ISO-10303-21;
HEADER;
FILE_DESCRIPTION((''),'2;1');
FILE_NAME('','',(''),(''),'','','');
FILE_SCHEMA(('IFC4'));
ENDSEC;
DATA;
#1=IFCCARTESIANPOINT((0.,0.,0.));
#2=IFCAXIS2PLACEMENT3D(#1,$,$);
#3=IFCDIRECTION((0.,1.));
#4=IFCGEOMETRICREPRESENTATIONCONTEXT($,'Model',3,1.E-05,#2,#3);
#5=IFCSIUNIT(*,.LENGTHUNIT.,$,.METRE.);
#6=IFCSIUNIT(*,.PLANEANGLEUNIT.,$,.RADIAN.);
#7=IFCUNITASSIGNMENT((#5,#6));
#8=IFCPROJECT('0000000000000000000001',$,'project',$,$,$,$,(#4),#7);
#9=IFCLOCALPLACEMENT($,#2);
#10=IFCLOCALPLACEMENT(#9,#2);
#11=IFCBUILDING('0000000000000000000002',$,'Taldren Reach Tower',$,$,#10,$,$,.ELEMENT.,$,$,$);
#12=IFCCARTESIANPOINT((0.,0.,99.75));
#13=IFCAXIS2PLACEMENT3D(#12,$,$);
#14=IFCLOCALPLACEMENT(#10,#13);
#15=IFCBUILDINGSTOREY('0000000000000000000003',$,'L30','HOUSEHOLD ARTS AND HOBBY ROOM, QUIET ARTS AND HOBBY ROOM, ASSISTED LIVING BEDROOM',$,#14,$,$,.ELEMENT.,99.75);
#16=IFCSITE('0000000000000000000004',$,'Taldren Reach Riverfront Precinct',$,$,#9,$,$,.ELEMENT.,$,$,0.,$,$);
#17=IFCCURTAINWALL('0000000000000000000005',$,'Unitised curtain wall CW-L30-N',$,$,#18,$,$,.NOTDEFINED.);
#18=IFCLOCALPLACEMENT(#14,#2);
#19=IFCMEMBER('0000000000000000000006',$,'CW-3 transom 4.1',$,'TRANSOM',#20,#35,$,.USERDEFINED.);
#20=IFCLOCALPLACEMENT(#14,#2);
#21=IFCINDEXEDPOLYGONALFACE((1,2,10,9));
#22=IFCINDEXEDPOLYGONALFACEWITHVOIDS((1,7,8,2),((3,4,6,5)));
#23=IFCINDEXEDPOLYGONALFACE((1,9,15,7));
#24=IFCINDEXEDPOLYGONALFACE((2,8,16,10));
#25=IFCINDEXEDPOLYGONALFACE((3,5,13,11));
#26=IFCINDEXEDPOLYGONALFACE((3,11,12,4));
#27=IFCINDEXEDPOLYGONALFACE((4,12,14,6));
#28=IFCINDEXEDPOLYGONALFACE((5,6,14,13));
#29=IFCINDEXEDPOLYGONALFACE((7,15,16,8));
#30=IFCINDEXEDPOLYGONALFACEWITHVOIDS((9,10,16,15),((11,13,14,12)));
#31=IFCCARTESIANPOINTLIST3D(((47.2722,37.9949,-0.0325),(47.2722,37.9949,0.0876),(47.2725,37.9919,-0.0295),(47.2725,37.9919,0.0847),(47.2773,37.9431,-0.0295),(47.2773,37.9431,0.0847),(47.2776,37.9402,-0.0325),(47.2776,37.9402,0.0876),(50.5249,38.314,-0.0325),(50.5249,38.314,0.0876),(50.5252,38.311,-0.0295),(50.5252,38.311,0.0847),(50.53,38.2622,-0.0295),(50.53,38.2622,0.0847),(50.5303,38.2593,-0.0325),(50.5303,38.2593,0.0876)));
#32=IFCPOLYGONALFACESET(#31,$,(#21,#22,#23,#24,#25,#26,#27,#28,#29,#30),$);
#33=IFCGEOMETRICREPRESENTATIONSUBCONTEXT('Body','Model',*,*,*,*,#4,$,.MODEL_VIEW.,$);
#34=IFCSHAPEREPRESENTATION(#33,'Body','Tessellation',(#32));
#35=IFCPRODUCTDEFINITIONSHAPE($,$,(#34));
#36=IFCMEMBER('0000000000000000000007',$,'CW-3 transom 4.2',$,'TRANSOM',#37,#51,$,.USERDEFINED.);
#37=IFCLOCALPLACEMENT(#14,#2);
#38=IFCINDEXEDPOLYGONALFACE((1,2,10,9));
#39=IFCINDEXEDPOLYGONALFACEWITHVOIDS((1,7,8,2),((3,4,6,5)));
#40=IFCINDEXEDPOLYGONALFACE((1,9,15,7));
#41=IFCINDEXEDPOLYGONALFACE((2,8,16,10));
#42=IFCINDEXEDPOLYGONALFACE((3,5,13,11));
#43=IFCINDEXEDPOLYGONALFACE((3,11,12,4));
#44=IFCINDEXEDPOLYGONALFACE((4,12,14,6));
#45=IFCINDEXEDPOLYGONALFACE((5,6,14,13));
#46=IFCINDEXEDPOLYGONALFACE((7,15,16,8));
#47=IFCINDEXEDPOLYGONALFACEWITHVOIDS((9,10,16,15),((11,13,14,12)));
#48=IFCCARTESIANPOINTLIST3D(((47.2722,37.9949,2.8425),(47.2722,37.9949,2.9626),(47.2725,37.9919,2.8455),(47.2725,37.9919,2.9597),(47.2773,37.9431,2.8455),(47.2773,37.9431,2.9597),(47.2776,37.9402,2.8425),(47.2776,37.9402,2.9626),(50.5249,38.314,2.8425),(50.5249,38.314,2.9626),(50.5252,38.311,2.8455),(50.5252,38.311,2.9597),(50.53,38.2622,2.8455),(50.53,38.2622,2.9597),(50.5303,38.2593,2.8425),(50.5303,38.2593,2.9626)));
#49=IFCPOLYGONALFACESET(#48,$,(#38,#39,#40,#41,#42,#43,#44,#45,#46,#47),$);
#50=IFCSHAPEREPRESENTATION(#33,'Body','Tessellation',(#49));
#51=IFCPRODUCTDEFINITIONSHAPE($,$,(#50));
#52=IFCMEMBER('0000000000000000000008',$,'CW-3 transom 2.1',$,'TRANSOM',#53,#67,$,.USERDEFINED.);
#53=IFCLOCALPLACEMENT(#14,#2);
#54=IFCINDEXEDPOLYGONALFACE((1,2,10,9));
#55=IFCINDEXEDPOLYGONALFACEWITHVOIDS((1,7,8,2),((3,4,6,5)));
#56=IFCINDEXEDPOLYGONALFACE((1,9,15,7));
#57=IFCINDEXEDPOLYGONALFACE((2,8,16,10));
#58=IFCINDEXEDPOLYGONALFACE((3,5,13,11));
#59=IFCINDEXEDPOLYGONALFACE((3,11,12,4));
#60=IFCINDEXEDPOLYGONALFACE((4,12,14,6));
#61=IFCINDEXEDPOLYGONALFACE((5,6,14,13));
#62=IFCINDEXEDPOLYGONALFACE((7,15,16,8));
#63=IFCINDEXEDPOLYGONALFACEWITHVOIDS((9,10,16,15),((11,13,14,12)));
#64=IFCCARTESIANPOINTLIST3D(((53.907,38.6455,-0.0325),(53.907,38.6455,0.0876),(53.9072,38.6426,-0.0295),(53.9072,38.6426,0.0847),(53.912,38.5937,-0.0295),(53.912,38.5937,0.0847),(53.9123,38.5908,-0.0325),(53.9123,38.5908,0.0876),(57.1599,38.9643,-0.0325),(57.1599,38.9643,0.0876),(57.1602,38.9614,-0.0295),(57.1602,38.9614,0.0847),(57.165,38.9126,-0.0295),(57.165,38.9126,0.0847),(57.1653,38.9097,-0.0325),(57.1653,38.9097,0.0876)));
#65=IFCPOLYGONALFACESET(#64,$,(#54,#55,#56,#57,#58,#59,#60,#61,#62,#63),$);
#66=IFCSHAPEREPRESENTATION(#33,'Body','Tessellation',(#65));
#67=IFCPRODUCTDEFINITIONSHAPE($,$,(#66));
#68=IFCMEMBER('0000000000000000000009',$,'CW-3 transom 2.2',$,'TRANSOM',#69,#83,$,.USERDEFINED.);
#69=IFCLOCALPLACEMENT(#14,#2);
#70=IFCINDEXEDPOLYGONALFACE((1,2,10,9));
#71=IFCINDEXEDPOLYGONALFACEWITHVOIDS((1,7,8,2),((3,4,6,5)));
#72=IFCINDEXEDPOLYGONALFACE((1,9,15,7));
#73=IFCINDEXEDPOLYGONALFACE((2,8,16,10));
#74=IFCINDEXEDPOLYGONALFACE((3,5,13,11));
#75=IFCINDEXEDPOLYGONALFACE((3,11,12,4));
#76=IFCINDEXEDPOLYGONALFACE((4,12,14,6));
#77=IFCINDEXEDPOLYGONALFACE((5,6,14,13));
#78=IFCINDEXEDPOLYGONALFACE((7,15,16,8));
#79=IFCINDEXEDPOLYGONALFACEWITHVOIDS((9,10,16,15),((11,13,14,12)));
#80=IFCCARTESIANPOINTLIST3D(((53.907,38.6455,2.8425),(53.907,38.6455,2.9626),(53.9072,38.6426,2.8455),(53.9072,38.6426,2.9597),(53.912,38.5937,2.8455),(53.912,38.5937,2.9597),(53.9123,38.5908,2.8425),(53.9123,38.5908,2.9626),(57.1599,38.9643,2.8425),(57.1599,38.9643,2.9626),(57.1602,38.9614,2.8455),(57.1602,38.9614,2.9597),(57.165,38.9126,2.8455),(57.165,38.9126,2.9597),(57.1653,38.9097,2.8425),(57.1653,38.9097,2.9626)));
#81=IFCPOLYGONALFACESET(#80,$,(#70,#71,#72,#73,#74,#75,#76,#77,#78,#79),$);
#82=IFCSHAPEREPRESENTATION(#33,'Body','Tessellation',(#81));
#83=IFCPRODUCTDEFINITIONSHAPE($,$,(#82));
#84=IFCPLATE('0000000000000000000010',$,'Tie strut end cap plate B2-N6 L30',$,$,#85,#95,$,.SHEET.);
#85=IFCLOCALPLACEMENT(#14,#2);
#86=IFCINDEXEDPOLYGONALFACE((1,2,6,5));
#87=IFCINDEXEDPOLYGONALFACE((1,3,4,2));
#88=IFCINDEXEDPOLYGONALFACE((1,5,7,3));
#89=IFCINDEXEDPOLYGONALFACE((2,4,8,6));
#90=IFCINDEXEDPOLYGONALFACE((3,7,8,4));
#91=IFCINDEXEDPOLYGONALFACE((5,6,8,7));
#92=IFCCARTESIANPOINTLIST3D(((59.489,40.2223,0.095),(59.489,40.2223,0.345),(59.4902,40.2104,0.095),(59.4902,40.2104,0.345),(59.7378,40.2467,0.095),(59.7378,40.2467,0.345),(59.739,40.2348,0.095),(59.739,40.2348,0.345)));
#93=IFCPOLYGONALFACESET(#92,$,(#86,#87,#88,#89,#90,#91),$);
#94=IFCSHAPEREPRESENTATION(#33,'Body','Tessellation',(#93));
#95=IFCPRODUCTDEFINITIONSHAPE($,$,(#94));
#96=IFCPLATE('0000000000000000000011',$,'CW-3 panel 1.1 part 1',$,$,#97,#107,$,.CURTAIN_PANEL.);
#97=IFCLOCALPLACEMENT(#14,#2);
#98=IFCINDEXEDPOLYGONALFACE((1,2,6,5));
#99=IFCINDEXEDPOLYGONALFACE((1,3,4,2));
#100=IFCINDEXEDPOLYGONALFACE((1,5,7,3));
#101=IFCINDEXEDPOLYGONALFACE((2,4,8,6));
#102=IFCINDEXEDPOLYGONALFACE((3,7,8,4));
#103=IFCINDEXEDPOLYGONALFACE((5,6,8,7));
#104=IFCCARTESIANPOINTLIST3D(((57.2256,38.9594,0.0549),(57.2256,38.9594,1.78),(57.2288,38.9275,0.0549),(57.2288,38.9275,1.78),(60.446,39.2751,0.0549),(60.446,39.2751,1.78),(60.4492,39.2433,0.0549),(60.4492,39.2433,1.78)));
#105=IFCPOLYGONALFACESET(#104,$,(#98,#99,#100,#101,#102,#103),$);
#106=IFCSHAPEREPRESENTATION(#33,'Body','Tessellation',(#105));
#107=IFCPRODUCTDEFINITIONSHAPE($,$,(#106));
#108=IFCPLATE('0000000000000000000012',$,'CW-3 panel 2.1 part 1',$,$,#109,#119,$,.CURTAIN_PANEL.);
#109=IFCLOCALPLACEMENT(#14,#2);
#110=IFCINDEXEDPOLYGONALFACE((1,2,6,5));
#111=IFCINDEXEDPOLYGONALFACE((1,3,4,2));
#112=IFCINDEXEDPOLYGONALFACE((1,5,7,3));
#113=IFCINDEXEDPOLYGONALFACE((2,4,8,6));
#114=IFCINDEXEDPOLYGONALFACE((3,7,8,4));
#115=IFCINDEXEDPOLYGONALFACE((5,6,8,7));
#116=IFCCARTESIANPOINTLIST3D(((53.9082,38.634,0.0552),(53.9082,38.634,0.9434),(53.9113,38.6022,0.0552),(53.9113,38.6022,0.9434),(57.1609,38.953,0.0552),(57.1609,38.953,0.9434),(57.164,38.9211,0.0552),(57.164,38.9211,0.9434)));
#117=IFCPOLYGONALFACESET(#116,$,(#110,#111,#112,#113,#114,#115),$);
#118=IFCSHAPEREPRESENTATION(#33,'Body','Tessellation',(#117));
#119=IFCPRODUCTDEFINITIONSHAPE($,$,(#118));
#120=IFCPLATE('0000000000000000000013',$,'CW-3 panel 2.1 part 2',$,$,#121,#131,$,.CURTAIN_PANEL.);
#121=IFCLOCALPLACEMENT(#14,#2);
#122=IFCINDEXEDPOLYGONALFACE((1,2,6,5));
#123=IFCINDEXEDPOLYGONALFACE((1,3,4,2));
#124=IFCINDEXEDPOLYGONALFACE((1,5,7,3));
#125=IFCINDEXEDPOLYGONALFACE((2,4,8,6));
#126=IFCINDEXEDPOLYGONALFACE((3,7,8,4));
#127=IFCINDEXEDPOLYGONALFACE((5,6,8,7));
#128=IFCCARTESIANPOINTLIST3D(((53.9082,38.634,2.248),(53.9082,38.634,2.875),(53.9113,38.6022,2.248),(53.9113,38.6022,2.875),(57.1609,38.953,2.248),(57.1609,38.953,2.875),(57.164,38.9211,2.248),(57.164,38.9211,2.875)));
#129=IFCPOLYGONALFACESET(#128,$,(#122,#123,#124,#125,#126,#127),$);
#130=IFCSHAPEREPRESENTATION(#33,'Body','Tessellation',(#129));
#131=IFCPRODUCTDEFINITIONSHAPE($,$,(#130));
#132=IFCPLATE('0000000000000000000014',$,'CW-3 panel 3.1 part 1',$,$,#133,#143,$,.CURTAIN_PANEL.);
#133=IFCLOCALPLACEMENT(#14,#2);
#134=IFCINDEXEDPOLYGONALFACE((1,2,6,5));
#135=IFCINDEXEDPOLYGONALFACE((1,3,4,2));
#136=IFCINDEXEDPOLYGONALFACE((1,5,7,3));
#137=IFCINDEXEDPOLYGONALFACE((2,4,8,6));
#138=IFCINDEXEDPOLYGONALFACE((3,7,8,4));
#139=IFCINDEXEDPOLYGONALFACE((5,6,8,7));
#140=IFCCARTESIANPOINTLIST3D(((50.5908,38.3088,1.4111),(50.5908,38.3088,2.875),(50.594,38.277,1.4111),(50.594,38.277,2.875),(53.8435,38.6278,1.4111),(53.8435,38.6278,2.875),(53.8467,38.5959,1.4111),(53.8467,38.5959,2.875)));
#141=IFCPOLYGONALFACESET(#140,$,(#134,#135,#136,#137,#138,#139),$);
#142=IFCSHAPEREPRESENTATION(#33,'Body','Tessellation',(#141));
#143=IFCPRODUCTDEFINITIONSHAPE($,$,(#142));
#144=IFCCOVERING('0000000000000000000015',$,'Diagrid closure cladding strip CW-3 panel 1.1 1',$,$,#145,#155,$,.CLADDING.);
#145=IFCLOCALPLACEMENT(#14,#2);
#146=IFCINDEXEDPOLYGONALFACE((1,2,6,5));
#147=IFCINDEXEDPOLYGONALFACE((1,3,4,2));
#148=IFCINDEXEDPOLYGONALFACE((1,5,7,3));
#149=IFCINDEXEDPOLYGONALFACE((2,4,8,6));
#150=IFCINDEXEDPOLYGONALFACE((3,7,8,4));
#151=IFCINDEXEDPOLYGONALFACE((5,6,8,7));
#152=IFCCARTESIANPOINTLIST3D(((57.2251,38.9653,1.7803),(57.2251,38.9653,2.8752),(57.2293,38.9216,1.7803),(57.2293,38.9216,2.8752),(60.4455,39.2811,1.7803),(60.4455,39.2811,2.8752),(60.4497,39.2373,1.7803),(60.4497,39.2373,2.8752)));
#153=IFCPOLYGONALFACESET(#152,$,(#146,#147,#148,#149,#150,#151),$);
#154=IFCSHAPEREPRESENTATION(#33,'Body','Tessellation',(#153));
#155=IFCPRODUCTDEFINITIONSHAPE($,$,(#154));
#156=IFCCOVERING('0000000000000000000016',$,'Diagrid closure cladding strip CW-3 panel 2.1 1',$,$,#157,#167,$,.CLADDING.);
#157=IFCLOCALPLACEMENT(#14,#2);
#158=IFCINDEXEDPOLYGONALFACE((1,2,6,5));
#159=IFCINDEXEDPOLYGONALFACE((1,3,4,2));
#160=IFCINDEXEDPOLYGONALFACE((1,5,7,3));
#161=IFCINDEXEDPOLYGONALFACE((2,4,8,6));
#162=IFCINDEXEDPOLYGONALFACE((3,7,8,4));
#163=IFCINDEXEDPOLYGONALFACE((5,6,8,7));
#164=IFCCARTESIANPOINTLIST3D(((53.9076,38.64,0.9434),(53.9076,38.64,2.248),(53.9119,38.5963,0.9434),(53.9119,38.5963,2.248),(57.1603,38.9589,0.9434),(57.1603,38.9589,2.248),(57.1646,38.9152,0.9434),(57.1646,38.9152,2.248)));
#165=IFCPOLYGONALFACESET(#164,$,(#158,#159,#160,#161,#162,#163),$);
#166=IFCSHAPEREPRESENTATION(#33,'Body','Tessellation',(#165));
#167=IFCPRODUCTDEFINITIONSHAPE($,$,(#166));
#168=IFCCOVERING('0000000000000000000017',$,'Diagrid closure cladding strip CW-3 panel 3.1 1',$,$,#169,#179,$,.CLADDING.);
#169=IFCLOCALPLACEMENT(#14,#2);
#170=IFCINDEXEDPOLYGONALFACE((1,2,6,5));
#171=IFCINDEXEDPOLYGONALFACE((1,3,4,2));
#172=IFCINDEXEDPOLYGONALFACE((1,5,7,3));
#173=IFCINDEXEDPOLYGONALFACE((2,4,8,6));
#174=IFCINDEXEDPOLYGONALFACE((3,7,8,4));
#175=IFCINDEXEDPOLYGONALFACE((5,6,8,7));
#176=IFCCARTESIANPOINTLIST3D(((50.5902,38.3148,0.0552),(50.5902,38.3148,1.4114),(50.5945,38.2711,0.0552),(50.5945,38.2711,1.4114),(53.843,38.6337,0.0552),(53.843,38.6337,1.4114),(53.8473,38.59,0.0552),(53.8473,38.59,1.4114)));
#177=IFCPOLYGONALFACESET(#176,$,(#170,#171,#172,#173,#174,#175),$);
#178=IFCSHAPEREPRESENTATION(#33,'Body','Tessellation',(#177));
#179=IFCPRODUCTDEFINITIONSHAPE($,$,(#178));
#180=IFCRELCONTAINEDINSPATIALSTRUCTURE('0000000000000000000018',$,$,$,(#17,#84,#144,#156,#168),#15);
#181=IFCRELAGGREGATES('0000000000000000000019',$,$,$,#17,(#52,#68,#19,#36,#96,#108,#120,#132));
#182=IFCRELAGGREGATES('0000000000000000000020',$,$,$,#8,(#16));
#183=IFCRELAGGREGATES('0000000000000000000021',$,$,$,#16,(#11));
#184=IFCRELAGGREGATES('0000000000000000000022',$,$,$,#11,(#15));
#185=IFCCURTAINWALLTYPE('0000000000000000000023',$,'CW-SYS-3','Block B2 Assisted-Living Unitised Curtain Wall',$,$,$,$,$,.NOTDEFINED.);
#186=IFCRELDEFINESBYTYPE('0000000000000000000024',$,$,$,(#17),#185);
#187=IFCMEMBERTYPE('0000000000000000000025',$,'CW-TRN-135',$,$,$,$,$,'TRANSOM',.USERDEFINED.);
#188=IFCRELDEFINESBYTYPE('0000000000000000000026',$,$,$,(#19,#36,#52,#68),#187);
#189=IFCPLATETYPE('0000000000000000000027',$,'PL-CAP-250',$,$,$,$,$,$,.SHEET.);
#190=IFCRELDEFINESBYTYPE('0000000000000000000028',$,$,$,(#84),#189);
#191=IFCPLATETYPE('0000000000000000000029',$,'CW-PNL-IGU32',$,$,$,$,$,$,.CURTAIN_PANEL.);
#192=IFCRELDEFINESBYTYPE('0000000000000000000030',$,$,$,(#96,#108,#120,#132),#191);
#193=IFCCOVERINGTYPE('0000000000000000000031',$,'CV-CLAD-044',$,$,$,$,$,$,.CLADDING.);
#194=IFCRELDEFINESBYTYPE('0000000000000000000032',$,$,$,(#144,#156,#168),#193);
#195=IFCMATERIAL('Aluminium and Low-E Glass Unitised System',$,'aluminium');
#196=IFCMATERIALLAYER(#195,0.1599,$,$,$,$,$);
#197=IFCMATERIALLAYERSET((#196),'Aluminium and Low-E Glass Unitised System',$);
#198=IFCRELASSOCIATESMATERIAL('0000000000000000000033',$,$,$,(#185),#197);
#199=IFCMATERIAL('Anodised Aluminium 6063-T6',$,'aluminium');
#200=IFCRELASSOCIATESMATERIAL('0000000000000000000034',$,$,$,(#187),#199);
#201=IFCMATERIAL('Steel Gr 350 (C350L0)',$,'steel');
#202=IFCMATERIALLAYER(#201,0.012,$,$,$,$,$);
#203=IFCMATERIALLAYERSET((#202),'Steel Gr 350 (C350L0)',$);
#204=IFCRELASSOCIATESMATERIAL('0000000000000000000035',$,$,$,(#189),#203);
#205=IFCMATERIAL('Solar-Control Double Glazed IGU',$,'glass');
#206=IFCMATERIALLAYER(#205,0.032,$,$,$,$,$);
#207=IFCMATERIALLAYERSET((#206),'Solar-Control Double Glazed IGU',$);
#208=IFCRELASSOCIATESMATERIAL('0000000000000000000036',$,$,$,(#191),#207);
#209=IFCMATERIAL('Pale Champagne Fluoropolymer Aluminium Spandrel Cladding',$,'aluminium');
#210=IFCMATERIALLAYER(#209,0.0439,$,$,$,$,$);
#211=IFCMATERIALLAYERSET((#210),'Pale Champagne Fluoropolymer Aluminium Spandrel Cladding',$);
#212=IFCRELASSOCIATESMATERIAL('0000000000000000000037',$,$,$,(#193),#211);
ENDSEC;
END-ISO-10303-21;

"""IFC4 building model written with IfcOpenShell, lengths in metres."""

from ifc_helpers import new_model, si_unit, direction, frame, origin, origin_2d, place, context, subcontext, project, spatial, rectangle, hollow_rectangle, extrude, source, transform, mapped, material, layer, layer_set, material_profile, profile_set, type_object, element, aggregate, save


model = new_model("IFC4")

# Units and contexts
model_context = context("Model", 3, precision=1e-05, world=origin(), true_north=direction((0.0, 1.0)))
body_context = subcontext(model_context, "Body", "Model", "MODEL_VIEW")
ifc_project = project(units=[si_unit("LENGTHUNIT", "METRE"), si_unit("PLANEANGLEUNIT", "RADIAN")], contexts=[model_context])

# Site, building, storey
site_placement = place(None, origin())
site = spatial("IfcSite", under=ifc_project, at=site_placement, Name="Taldren Reach Riverfront Precinct", CompositionType="ELEMENT", RefElevation=0.0)
building_placement = place(site_placement, origin())
building = spatial("IfcBuilding", under=site, at=building_placement, Name="Taldren Reach Tower", CompositionType="ELEMENT")
storey_placement = place(building_placement, frame((0.0, 0.0, 99.75)))
storey = spatial("IfcBuildingStorey", under=building, at=storey_placement, Name="L30", Description="HOUSEHOLD ARTS AND HOBBY ROOM, QUIET ARTS AND HOBBY ROOM, ASSISTED LIVING BEDROOM", CompositionType="ELEMENT", Elevation=99.75)

# Curtain wall, members
ifc_material_1 = material(Name="Aluminium and Low-E Glass Unitised System", Category="aluminium")
ifc_layer_1 = layer(ifc_material_1, 0.1599)
ifc_layer_set_1 = layer_set([ifc_layer_1], Name="Aluminium and Low-E Glass Unitised System")
curtain_wall_type = type_object("IfcCurtainWallType", Name="CW-SYS-3", Description="Block B2 Assisted-Living Unitised Curtain Wall", PredefinedType="NOTDEFINED", material=ifc_layer_set_1)
curtain_wall_placement = place(storey_placement, origin())
curtain_wall = element("IfcCurtainWall", 1, at=curtain_wall_placement, inside=storey, type_object=curtain_wall_type, Name="Unitised curtain wall CW-L30-N", PredefinedType="NOTDEFINED")
ifc_material_2 = material(Name="Anodised Aluminium 6063-T6", Category="aluminium")
ifc_material_profile_1 = material_profile(ifc_material_2, hollow_rectangle(XDim=0.0549, YDim=0.1201, WallThickness=0.0029, at=origin_2d()), Name="ALU-120x55x3RHS")
ifc_profile_set_1 = profile_set([ifc_material_profile_1], Name="Anodised Aluminium 6063-T6")
member_type_1 = type_object("IfcMemberType", Name="CW-TRN-135", ElementType="TRANSOM", PredefinedType="USERDEFINED", material=ifc_profile_set_1)
shared_shape_1 = source(origin(), body_context, "Body", "SweptSolid", [
    extrude(hollow_rectangle(XDim=0.0549, YDim=0.1201, WallThickness=0.0029, at=origin_2d()), origin(), (0.0, 0.0, 1.0), 3.2683),
])
member_1_placement = place(storey_placement, frame((50.5276, 38.2866, 0.0276), z_axis=(-0.995223, -0.097632, 0.0), x_axis=(0.097632, -0.995223, 0.0)))
member_1 = element("IfcMember", 2, at=member_1_placement, type_object=member_type_1, Name="CW-3 transom 4.1", ObjectType="TRANSOM", PredefinedType="USERDEFINED", context=body_context, shape_type="MappedRepresentation", body=[
    mapped(shared_shape_1, transform((0.0, 0.0, 0.0), scale=1.0)),
])
member_2_placement = place(storey_placement, frame((50.5276, 38.2866, 2.9026), z_axis=(-0.995223, -0.097632, 0.0), x_axis=(0.097632, -0.995223, 0.0)))
member_2 = element("IfcMember", 3, at=member_2_placement, type_object=member_type_1, Name="CW-3 transom 4.2", ObjectType="TRANSOM", PredefinedType="USERDEFINED", context=body_context, shape_type="MappedRepresentation", body=[
    mapped(shared_shape_1, transform((0.0, 0.0, 0.0), scale=1.0)),
])
shared_shape_2 = source(origin(), body_context, "Body", "SweptSolid", [
    extrude(hollow_rectangle(XDim=0.0549, YDim=0.1201, WallThickness=0.0029, at=origin_2d()), origin(), (0.0, 0.0, 1.0), 3.2686),
])
member_3_placement = place(storey_placement, frame((57.1626, 38.937, 0.0276), z_axis=(-0.995231, -0.097551, 0.0), x_axis=(0.097551, -0.995231, 0.0)))
member_3 = element("IfcMember", 4, at=member_3_placement, type_object=member_type_1, Name="CW-3 transom 2.1", ObjectType="TRANSOM", PredefinedType="USERDEFINED", context=body_context, shape_type="MappedRepresentation", body=[
    mapped(shared_shape_2, transform((0.0, 0.0, 0.0), scale=1.0)),
])
member_4_placement = place(storey_placement, frame((57.1626, 38.937, 2.9026), z_axis=(-0.995231, -0.097551, 0.0), x_axis=(0.097551, -0.995231, 0.0)))
member_4 = element("IfcMember", 5, at=member_4_placement, type_object=member_type_1, Name="CW-3 transom 2.2", ObjectType="TRANSOM", PredefinedType="USERDEFINED", context=body_context, shape_type="MappedRepresentation", body=[
    mapped(shared_shape_2, transform((0.0, 0.0, 0.0), scale=1.0)),
])

# Plates
ifc_material_3 = material(Name="Steel Gr 350 (C350L0)", Category="steel")
ifc_layer_2 = layer(ifc_material_3, 0.012)
ifc_layer_set_2 = layer_set([ifc_layer_2], Name="Steel Gr 350 (C350L0)")
plate_type_1 = type_object("IfcPlateType", Name="PL-CAP-250", PredefinedType="SHEET", material=ifc_layer_set_2)
shared_shape_3 = source(origin(), body_context, "Body", "SweptSolid", [
    extrude(rectangle(XDim=0.25, YDim=0.012, at=origin_2d()), origin(), (0.0, 0.0, 1.0), 0.25),
])
plate_1_placement = place(storey_placement, frame((59.614, 40.2285, 0.095), z_axis=(0.0, 0.0, 1.0), x_axis=(0.995227, 0.097583, 0.0)))
element("IfcPlate", 6, at=plate_1_placement, inside=storey, type_object=plate_type_1, Name="Tie strut end cap plate B2-N6 L30", PredefinedType="SHEET", context=body_context, shape_type="MappedRepresentation", body=[
    mapped(shared_shape_3, transform((0.0, 0.0, 0.0), scale=1.0)),
])
ifc_material_4 = material(Name="Solar-Control Double Glazed IGU", Category="glass")
ifc_layer_3 = layer(ifc_material_4, 0.032)
ifc_layer_set_3 = layer_set([ifc_layer_3], Name="Solar-Control Double Glazed IGU")
plate_type_2 = type_object("IfcPlateType", Name="CW-PNL-IGU32", PredefinedType="CURTAIN_PANEL", material=ifc_layer_set_3)
shared_shape_4 = source(origin(), body_context, "Body", "SweptSolid", [
    extrude(rectangle(XDim=3.2358, YDim=0.032, at=origin_2d()), origin(), (0.0, 0.0, 1.0), 1.7251),
])
plate_2_placement = place(storey_placement, frame((58.8374, 39.1013, 0.0549), z_axis=(0.0, 0.0, 1.0), x_axis=(-0.995227, -0.097583, 0.0)))
plate_2 = element("IfcPlate", 7, at=plate_2_placement, type_object=plate_type_2, Name="CW-3 panel 1.1 part 1", PredefinedType="CURTAIN_PANEL", context=body_context, shape_type="MappedRepresentation", body=[
    mapped(shared_shape_4, transform((0.0, 0.0, 0.0), scale=1.0)),
])
shared_shape_5 = source(origin(), body_context, "Body", "SweptSolid", [
    extrude(rectangle(XDim=3.2683, YDim=0.032, at=origin_2d()), origin(), (0.0, 0.0, 1.0), 0.8882),
])
plate_3_placement = place(storey_placement, frame((55.5361, 38.7776, 0.0552), z_axis=(0.0, 0.0, 1.0), x_axis=(-0.995227, -0.097583, 0.0)))
plate_3 = element("IfcPlate", 8, at=plate_3_placement, type_object=plate_type_2, Name="CW-3 panel 2.1 part 1", PredefinedType="CURTAIN_PANEL", context=body_context, shape_type="MappedRepresentation", body=[
    mapped(shared_shape_5, transform((0.0, 0.0, 0.0), scale=1.0)),
])
shared_shape_6 = source(origin(), body_context, "Body", "SweptSolid", [
    extrude(rectangle(XDim=3.2683, YDim=0.032, at=origin_2d()), origin(), (0.0, 0.0, 1.0), 0.627),
])
plate_4_placement = place(storey_placement, frame((55.5361, 38.7776, 2.248), z_axis=(0.0, 0.0, 1.0), x_axis=(-0.995227, -0.097583, 0.0)))
plate_4 = element("IfcPlate", 9, at=plate_4_placement, type_object=plate_type_2, Name="CW-3 panel 2.1 part 2", PredefinedType="CURTAIN_PANEL", context=body_context, shape_type="MappedRepresentation", body=[
    mapped(shared_shape_6, transform((0.0, 0.0, 0.0), scale=1.0)),
])
shared_shape_7 = source(origin(), body_context, "Body", "SweptSolid", [
    extrude(rectangle(XDim=3.2683, YDim=0.032, at=origin_2d()), origin(), (0.0, 0.0, 1.0), 1.4639),
])
plate_5_placement = place(storey_placement, frame((52.2188, 38.4524, 1.4111), z_axis=(0.0, 0.0, 1.0), x_axis=(-0.995227, -0.097583, 0.0)))
plate_5 = element("IfcPlate", 10, at=plate_5_placement, type_object=plate_type_2, Name="CW-3 panel 3.1 part 1", PredefinedType="CURTAIN_PANEL", context=body_context, shape_type="MappedRepresentation", body=[
    mapped(shared_shape_7, transform((0.0, 0.0, 0.0), scale=1.0)),
])
aggregate(curtain_wall, [member_3, member_4, member_1, member_2, plate_2, plate_3, plate_4, plate_5])

# Coverings
ifc_material_5 = material(Name="Pale Champagne Fluoropolymer Aluminium Spandrel Cladding", Category="aluminium")
ifc_layer_4 = layer(ifc_material_5, 0.0439)
ifc_layer_set_4 = layer_set([ifc_layer_4], Name="Pale Champagne Fluoropolymer Aluminium Spandrel Cladding")
covering_type = type_object("IfcCoveringType", Name="CV-CLAD-044", PredefinedType="CLADDING", material=ifc_layer_set_4)
shared_shape_8 = source(origin(), body_context, "Body", "SweptSolid", [
    extrude(rectangle(XDim=3.2358, YDim=0.0439, at=origin_2d()), origin(), (0.0, 0.0, 1.0), 1.095),
])
covering_1_placement = place(storey_placement, frame((58.8374, 39.1013, 1.7803), z_axis=(0.0, 0.0, 1.0), x_axis=(-0.995227, -0.097583, 0.0)))
element("IfcCovering", 11, at=covering_1_placement, inside=storey, type_object=covering_type, Name="Diagrid closure cladding strip CW-3 panel 1.1 1", PredefinedType="CLADDING", context=body_context, shape_type="MappedRepresentation", body=[
    mapped(shared_shape_8, transform((0.0, 0.0, 0.0), scale=1.0)),
])
shared_shape_9 = source(origin(), body_context, "Body", "SweptSolid", [
    extrude(rectangle(XDim=3.2683, YDim=0.0439, at=origin_2d()), origin(), (0.0, 0.0, 1.0), 1.3047),
])
covering_2_placement = place(storey_placement, frame((55.5361, 38.7776, 0.9434), z_axis=(0.0, 0.0, 1.0), x_axis=(-0.995227, -0.097583, 0.0)))
element("IfcCovering", 12, at=covering_2_placement, inside=storey, type_object=covering_type, Name="Diagrid closure cladding strip CW-3 panel 2.1 1", PredefinedType="CLADDING", context=body_context, shape_type="MappedRepresentation", body=[
    mapped(shared_shape_9, transform((0.0, 0.0, 0.0), scale=1.0)),
])
shared_shape_10 = source(origin(), body_context, "Body", "SweptSolid", [
    extrude(rectangle(XDim=3.2683, YDim=0.0439, at=origin_2d()), origin(), (0.0, 0.0, 1.0), 1.3562),
])
covering_3_placement = place(storey_placement, frame((52.2188, 38.4524, 0.0552), z_axis=(0.0, 0.0, 1.0), x_axis=(-0.995227, -0.097583, 0.0)))
element("IfcCovering", 13, at=covering_3_placement, inside=storey, type_object=covering_type, Name="Diagrid closure cladding strip CW-3 panel 3.1 1", PredefinedType="CLADDING", context=body_context, shape_type="MappedRepresentation", body=[
    mapped(shared_shape_10, transform((0.0, 0.0, 0.0), scale=1.0)),
])

save(model, "model.ifc")
